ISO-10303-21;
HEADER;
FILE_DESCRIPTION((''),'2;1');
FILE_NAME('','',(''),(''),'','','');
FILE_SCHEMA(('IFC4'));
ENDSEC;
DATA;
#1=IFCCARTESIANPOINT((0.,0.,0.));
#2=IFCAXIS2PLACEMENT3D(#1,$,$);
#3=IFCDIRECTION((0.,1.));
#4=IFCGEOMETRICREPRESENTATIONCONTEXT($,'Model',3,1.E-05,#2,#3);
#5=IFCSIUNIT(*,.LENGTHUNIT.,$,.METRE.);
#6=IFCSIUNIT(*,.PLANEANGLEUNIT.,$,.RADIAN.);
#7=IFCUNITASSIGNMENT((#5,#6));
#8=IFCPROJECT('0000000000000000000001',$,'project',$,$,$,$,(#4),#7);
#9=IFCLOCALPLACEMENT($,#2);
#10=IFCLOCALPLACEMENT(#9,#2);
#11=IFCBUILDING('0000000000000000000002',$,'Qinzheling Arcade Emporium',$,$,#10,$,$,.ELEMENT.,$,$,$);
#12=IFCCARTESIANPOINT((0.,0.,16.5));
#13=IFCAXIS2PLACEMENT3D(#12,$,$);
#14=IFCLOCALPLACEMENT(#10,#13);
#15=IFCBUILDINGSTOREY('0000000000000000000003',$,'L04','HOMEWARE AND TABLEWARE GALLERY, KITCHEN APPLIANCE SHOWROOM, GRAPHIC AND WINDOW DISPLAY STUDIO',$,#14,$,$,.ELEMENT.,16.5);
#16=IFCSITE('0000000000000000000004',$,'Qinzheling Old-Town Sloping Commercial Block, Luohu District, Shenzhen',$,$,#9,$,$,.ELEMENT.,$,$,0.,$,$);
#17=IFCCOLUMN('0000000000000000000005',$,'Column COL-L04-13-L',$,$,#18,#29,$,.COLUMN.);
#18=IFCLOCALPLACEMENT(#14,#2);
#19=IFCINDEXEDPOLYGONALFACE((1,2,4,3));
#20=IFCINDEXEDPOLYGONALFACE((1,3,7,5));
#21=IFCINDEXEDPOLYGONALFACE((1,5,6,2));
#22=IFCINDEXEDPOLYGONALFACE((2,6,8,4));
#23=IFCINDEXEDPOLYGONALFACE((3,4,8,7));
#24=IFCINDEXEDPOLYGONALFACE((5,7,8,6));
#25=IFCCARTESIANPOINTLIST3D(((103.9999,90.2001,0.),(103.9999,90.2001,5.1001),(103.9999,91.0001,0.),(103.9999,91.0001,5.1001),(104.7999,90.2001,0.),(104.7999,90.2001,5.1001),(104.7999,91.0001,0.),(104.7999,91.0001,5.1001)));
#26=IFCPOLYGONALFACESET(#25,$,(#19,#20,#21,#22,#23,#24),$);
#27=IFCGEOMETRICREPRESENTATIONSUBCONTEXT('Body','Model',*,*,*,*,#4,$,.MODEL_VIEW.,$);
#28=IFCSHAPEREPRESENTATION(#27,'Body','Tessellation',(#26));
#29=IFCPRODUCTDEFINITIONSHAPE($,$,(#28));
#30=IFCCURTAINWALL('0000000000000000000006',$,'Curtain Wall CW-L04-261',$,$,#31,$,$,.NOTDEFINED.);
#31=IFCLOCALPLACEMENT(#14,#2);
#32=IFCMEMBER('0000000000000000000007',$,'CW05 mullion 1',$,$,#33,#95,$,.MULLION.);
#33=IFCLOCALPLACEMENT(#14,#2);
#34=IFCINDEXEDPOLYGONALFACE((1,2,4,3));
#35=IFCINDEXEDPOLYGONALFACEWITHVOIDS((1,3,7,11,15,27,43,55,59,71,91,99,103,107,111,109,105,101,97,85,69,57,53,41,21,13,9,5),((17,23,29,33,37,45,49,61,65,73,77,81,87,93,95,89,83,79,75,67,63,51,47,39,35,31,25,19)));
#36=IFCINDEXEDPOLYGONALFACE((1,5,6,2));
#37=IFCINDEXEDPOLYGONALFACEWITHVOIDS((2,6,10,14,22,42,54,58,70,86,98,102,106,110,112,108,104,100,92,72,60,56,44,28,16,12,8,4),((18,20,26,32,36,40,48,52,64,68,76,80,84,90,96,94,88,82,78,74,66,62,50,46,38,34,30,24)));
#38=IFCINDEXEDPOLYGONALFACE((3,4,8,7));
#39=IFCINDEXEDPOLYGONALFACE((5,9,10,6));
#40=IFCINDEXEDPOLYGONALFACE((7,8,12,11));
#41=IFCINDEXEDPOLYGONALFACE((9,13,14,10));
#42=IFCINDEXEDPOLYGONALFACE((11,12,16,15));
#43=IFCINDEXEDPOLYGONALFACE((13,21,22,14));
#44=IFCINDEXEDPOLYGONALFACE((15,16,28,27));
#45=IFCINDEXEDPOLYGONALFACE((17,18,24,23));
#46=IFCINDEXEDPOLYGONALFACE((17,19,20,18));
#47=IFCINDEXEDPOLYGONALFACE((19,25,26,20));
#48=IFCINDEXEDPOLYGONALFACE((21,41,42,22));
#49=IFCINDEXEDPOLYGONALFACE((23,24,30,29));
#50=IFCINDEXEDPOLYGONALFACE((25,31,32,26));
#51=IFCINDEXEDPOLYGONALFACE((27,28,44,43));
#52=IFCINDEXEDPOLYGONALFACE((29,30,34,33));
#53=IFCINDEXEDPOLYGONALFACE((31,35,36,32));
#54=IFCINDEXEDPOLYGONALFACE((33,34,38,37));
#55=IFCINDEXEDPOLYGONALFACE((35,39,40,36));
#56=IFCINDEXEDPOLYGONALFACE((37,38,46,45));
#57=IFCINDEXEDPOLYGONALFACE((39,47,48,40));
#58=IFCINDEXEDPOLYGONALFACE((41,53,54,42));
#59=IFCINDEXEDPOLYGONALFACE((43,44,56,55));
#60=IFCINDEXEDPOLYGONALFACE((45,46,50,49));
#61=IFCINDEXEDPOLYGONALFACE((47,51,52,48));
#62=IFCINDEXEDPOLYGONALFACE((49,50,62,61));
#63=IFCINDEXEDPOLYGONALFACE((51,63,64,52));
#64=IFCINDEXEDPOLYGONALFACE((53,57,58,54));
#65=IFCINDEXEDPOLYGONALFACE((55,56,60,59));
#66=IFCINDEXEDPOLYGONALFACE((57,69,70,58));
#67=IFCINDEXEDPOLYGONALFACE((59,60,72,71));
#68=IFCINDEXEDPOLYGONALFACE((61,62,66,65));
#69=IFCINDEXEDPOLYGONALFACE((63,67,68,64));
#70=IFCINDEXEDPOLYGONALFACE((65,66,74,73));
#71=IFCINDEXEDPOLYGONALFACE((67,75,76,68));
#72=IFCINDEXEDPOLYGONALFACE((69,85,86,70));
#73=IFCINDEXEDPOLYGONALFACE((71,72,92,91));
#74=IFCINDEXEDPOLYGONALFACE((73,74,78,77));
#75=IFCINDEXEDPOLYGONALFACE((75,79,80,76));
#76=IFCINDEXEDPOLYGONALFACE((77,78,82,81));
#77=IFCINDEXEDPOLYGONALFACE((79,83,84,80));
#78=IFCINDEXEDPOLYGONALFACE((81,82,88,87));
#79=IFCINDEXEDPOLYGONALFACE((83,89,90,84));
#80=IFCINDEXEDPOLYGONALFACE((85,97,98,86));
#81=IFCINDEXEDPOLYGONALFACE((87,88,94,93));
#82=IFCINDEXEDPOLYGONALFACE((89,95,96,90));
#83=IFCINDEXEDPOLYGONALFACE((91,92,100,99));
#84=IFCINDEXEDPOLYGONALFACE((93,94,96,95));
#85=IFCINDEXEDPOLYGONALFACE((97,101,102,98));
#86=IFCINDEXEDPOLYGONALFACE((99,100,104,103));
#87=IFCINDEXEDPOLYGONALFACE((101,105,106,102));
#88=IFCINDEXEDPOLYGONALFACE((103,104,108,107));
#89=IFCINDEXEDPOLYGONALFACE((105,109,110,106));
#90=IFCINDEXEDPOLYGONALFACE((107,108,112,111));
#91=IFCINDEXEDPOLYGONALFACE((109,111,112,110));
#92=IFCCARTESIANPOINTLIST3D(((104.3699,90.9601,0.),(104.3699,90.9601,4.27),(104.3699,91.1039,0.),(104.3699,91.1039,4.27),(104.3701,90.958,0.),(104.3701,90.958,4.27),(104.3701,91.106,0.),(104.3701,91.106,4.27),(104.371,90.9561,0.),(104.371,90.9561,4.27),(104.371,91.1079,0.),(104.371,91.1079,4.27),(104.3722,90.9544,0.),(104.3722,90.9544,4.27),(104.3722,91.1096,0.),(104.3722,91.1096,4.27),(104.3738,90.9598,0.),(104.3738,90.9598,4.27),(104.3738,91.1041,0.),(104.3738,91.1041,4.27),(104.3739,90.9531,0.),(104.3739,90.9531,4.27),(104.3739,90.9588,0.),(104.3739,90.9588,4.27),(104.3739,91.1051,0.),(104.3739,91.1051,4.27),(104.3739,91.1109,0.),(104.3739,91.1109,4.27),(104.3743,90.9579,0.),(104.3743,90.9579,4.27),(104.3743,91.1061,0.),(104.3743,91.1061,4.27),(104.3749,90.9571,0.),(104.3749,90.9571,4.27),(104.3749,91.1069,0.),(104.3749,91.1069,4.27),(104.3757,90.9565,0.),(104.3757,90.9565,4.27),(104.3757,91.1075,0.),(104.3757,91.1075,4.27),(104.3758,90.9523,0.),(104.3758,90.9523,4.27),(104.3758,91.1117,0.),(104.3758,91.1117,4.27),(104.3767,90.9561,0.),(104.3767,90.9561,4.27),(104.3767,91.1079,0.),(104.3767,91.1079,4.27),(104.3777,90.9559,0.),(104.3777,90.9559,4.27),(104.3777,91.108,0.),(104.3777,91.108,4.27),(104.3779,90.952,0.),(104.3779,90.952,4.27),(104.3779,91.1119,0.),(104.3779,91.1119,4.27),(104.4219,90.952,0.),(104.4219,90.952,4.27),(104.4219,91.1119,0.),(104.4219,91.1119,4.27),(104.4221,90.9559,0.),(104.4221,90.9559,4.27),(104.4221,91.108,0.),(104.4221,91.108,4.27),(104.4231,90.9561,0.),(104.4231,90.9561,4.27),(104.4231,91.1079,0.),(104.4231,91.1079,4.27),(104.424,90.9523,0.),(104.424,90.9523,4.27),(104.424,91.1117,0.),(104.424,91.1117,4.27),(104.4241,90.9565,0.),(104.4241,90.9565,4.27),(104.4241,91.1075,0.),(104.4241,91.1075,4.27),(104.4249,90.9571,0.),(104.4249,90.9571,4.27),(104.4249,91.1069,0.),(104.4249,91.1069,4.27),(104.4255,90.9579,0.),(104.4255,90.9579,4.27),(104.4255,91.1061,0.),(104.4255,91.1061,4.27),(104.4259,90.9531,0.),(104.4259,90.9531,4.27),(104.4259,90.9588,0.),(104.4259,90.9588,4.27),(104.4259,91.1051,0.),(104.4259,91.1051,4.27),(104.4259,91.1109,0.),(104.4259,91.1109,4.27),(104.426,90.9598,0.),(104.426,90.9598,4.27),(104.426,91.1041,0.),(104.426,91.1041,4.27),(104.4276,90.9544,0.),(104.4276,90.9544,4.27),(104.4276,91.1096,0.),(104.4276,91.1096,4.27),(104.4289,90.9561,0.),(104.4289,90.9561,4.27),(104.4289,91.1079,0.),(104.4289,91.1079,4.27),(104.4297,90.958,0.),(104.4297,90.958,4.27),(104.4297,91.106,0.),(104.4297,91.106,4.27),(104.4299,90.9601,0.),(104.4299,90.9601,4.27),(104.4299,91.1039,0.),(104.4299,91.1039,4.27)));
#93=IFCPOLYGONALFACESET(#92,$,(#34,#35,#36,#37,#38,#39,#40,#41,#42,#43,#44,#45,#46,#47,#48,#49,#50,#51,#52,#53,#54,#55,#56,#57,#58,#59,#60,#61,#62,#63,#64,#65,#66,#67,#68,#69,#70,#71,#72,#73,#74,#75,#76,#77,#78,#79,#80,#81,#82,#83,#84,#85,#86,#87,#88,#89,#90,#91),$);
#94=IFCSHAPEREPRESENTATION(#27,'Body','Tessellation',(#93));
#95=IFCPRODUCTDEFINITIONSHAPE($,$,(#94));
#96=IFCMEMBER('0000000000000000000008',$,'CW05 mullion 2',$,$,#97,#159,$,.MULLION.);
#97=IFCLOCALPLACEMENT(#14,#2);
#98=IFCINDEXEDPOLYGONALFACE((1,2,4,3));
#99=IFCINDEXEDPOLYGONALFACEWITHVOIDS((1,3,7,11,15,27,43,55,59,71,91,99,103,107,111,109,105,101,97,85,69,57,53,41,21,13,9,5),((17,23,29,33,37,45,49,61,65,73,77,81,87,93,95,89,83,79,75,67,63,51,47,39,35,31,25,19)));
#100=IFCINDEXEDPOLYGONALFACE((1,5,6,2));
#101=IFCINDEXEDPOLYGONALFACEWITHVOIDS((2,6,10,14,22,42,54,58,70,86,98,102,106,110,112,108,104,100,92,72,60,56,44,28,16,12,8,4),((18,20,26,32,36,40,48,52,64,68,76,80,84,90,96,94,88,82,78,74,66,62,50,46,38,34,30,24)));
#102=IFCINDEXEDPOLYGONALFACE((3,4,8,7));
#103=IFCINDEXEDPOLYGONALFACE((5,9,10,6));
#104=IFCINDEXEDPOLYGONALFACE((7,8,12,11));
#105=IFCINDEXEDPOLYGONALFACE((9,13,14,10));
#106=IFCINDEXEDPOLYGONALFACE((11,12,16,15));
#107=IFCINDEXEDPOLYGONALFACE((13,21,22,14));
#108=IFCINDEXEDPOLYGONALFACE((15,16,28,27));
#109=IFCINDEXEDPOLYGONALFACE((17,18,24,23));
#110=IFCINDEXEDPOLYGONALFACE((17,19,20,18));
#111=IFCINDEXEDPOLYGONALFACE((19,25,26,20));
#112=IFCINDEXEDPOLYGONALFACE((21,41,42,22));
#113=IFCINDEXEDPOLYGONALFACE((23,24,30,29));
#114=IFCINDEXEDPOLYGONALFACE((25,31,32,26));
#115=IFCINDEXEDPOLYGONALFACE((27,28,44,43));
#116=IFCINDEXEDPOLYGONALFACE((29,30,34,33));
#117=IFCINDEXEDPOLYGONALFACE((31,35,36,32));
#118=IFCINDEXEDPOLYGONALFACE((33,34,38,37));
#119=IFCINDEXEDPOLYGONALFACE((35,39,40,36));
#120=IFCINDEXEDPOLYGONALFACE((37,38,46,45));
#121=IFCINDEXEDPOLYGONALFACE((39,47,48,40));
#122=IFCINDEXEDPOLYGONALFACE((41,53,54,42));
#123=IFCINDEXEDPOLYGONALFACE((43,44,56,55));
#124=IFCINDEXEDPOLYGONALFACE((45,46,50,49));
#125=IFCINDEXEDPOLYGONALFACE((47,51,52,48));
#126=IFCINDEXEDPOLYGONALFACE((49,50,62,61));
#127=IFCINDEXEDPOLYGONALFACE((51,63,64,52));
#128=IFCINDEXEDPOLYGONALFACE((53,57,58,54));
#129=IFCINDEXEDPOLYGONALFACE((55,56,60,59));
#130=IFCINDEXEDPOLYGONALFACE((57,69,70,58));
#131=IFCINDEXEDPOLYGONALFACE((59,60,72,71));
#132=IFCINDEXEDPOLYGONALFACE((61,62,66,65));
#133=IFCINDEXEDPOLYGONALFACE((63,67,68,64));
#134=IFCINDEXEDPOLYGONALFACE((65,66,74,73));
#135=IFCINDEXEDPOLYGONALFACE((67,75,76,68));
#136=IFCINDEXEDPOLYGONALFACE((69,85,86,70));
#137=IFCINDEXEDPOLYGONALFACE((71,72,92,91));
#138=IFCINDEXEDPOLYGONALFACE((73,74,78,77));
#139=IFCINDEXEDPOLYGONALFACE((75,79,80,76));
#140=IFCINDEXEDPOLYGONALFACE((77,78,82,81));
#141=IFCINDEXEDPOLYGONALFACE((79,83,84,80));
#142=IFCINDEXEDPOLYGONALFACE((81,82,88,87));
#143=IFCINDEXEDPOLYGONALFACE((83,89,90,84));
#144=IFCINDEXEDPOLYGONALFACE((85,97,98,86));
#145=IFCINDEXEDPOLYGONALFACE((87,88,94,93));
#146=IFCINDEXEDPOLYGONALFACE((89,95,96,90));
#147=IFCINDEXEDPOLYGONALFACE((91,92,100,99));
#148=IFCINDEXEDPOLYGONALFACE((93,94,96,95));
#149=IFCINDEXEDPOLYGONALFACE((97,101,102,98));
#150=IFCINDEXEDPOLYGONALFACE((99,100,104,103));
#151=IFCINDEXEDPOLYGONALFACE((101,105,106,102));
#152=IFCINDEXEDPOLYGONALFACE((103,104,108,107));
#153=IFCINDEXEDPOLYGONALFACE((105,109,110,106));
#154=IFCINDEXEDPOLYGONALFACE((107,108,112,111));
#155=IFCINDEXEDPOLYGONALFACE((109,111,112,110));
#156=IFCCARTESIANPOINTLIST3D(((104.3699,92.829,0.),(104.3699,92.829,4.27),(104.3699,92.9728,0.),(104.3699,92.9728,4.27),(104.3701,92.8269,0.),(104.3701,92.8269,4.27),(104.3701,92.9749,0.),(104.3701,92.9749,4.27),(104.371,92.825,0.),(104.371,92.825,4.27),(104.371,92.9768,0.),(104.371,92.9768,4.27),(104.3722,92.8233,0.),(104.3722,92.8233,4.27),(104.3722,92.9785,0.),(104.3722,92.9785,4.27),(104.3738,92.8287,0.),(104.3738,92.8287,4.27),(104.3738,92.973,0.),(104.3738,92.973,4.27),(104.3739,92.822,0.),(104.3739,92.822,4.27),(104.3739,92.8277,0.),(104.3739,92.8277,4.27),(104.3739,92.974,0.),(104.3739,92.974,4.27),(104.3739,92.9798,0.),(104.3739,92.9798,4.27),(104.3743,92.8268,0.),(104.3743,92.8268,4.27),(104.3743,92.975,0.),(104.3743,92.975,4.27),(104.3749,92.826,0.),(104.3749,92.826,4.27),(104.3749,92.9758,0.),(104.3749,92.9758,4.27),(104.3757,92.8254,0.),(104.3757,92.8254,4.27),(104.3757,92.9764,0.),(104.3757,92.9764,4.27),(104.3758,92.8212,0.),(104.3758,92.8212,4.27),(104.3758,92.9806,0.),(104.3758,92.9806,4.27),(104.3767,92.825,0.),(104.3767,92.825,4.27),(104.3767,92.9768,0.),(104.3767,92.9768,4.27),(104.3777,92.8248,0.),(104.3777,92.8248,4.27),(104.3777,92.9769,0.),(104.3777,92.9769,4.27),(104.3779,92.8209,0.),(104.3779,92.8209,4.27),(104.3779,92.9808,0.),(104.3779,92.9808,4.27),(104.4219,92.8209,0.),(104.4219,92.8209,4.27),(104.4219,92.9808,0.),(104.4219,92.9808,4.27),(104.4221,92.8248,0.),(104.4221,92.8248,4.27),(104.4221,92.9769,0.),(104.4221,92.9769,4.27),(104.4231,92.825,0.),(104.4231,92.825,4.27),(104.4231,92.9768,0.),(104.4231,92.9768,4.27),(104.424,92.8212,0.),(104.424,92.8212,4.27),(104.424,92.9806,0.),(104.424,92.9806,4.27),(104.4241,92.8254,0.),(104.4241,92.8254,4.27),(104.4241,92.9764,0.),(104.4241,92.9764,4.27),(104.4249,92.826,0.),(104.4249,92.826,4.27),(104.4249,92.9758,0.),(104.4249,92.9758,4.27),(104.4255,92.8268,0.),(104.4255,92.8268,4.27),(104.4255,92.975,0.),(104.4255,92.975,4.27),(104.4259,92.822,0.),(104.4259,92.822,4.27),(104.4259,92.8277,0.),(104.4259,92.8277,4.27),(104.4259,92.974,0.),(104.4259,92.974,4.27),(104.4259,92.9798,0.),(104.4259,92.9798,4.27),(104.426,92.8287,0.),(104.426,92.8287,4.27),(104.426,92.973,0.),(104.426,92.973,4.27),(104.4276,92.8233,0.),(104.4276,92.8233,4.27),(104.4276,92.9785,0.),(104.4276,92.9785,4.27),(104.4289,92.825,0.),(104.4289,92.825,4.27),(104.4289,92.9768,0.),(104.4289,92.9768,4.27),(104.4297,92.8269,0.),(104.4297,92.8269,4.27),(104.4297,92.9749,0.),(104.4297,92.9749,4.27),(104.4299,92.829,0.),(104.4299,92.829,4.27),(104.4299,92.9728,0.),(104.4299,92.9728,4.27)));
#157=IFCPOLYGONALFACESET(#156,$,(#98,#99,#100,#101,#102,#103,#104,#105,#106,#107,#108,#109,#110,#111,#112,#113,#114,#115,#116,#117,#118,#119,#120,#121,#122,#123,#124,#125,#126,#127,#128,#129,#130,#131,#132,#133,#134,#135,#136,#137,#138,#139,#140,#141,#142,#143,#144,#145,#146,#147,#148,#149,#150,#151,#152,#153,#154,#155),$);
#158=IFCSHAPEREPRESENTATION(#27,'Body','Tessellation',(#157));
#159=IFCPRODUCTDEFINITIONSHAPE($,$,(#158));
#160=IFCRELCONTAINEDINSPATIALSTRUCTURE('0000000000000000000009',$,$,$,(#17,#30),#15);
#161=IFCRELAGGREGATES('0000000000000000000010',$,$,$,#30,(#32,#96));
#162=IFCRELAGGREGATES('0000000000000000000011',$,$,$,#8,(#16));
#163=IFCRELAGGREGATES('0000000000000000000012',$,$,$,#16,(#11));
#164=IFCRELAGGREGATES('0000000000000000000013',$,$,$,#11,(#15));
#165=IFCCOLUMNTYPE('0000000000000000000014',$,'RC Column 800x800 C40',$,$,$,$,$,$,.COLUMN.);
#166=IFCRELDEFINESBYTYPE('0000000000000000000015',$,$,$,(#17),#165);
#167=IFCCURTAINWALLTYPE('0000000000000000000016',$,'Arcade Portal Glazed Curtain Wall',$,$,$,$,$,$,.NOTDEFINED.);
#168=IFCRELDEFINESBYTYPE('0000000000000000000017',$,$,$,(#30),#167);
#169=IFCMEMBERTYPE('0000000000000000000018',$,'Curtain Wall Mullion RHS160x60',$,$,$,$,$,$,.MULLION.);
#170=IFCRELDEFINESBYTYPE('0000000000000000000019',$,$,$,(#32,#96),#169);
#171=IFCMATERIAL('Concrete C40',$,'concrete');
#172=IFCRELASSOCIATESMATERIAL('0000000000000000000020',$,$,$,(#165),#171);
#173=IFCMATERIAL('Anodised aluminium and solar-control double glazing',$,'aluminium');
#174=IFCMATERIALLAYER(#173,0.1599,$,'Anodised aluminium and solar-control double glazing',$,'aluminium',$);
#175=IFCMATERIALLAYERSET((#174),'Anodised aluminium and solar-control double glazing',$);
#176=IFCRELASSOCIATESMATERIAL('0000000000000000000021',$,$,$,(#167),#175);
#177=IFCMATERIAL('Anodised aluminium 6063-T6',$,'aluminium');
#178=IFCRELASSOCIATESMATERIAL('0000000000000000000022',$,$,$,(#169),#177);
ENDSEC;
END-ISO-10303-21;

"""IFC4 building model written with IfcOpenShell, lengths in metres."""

from ifc_helpers import new_model, si_unit, direction, frame, origin, origin_2d, place, context, subcontext, project, spatial, rectangle, hollow_rectangle, extrude, material, layer, layer_set, material_profile, profile_set, type_object, element, aggregate, save


model = new_model("IFC4")

# Units and contexts
model_context = context("Model", 3, precision=1e-05, world=origin(), true_north=direction((0.0, 1.0)))
body_context = subcontext(model_context, "Body", "Model", "MODEL_VIEW")
ifc_project = project(units=[si_unit("LENGTHUNIT", "METRE"), si_unit("PLANEANGLEUNIT", "RADIAN")], contexts=[model_context])

# Site, building, storey
site_placement = place(None, origin())
site = spatial("IfcSite", under=ifc_project, at=site_placement, Name="Qinzheling Old-Town Sloping Commercial Block, Luohu District, Shenzhen", CompositionType="ELEMENT", RefElevation=0.0)
building_placement = place(site_placement, origin())
building = spatial("IfcBuilding", under=site, at=building_placement, Name="Qinzheling Arcade Emporium", CompositionType="ELEMENT")
storey_placement = place(building_placement, frame((0.0, 0.0, 16.5)))
storey = spatial("IfcBuildingStorey", under=building, at=storey_placement, Name="L04", Description="HOMEWARE AND TABLEWARE GALLERY, KITCHEN APPLIANCE SHOWROOM, GRAPHIC AND WINDOW DISPLAY STUDIO", CompositionType="ELEMENT", Elevation=16.5)

# Column
ifc_material_1 = material(Name="Concrete C40", Category="concrete")
ifc_material_profile_1 = material_profile(ifc_material_1, rectangle(XDim=0.8, YDim=0.8, at=origin_2d()), Name="RC 800x800", Category="concrete")
ifc_profile_set_1 = profile_set([ifc_material_profile_1], Name="Concrete C40")
column_type = type_object("IfcColumnType", Name="RC Column 800x800 C40", PredefinedType="COLUMN", material=ifc_profile_set_1)
column_placement = place(storey_placement, frame((104.3999, 90.6001, 0.0), z_axis=(0.0, 0.0, 1.0), x_axis=(1.0, 0.0, 0.0)))
element("IfcColumn", 1, at=column_placement, inside=storey, type_object=column_type, Name="Column COL-L04-13-L", PredefinedType="COLUMN", context=body_context, shape_type="SweptSolid", body=[
    extrude(rectangle(XDim=0.8, YDim=0.8, at=origin_2d()), origin(), (0.0, 0.0, 1.0), 5.1001),
])

# Curtain wall, members
ifc_material_2 = material(Name="Anodised aluminium and solar-control double glazing", Category="aluminium")
ifc_layer_1 = layer(ifc_material_2, 0.1599, Name="Anodised aluminium and solar-control double glazing", Category="aluminium")
ifc_layer_set_1 = layer_set([ifc_layer_1], Name="Anodised aluminium and solar-control double glazing")
curtain_wall_type = type_object("IfcCurtainWallType", Name="Arcade Portal Glazed Curtain Wall", PredefinedType="NOTDEFINED", material=ifc_layer_set_1)
curtain_wall_placement = place(storey_placement, origin())
curtain_wall = element("IfcCurtainWall", 2, at=curtain_wall_placement, inside=storey, type_object=curtain_wall_type, Name="Curtain Wall CW-L04-261", PredefinedType="NOTDEFINED")
ifc_material_3 = material(Name="Anodised aluminium 6063-T6", Category="aluminium")
ifc_material_profile_2 = material_profile(ifc_material_3, hollow_rectangle(XDim=0.0601, YDim=0.1599, WallThickness=0.0039, InnerFilletRadius=0.0039, OuterFilletRadius=0.0081, at=origin_2d()), Name="RHS 160x60x4", Category="aluminium")
ifc_profile_set_2 = profile_set([ifc_material_profile_2], Name="Anodised aluminium 6063-T6")
member_type_1 = type_object("IfcMemberType", Name="Curtain Wall Mullion RHS160x60", PredefinedType="MULLION", material=ifc_profile_set_2)
member_1_placement = place(storey_placement, frame((104.3999, 91.032, 0.0), z_axis=(0.0, 0.0, 1.0), x_axis=(-1.0, 0.0, 0.0)))
member_1 = element("IfcMember", 3, at=member_1_placement, type_object=member_type_1, Name="CW05 mullion 1", PredefinedType="MULLION", context=body_context, shape_type="SweptSolid", body=[
    extrude(hollow_rectangle(XDim=0.0601, YDim=0.1599, WallThickness=0.0039, InnerFilletRadius=0.0039, OuterFilletRadius=0.0081, at=origin_2d()), origin(), (0.0, 0.0, 1.0), 4.27),
])
member_2_placement = place(storey_placement, frame((104.3999, 92.9009, 0.0), z_axis=(0.0, 0.0, 1.0), x_axis=(-1.0, 0.0, 0.0)))
member_2 = element("IfcMember", 4, at=member_2_placement, type_object=member_type_1, Name="CW05 mullion 2", PredefinedType="MULLION", context=body_context, shape_type="SweptSolid", body=[
    extrude(hollow_rectangle(XDim=0.0601, YDim=0.1599, WallThickness=0.0039, InnerFilletRadius=0.0039, OuterFilletRadius=0.0081, at=origin_2d()), origin(), (0.0, 0.0, 1.0), 4.27),
])

aggregate(curtain_wall, [member_1, member_2])

save(model, "model.ifc")
